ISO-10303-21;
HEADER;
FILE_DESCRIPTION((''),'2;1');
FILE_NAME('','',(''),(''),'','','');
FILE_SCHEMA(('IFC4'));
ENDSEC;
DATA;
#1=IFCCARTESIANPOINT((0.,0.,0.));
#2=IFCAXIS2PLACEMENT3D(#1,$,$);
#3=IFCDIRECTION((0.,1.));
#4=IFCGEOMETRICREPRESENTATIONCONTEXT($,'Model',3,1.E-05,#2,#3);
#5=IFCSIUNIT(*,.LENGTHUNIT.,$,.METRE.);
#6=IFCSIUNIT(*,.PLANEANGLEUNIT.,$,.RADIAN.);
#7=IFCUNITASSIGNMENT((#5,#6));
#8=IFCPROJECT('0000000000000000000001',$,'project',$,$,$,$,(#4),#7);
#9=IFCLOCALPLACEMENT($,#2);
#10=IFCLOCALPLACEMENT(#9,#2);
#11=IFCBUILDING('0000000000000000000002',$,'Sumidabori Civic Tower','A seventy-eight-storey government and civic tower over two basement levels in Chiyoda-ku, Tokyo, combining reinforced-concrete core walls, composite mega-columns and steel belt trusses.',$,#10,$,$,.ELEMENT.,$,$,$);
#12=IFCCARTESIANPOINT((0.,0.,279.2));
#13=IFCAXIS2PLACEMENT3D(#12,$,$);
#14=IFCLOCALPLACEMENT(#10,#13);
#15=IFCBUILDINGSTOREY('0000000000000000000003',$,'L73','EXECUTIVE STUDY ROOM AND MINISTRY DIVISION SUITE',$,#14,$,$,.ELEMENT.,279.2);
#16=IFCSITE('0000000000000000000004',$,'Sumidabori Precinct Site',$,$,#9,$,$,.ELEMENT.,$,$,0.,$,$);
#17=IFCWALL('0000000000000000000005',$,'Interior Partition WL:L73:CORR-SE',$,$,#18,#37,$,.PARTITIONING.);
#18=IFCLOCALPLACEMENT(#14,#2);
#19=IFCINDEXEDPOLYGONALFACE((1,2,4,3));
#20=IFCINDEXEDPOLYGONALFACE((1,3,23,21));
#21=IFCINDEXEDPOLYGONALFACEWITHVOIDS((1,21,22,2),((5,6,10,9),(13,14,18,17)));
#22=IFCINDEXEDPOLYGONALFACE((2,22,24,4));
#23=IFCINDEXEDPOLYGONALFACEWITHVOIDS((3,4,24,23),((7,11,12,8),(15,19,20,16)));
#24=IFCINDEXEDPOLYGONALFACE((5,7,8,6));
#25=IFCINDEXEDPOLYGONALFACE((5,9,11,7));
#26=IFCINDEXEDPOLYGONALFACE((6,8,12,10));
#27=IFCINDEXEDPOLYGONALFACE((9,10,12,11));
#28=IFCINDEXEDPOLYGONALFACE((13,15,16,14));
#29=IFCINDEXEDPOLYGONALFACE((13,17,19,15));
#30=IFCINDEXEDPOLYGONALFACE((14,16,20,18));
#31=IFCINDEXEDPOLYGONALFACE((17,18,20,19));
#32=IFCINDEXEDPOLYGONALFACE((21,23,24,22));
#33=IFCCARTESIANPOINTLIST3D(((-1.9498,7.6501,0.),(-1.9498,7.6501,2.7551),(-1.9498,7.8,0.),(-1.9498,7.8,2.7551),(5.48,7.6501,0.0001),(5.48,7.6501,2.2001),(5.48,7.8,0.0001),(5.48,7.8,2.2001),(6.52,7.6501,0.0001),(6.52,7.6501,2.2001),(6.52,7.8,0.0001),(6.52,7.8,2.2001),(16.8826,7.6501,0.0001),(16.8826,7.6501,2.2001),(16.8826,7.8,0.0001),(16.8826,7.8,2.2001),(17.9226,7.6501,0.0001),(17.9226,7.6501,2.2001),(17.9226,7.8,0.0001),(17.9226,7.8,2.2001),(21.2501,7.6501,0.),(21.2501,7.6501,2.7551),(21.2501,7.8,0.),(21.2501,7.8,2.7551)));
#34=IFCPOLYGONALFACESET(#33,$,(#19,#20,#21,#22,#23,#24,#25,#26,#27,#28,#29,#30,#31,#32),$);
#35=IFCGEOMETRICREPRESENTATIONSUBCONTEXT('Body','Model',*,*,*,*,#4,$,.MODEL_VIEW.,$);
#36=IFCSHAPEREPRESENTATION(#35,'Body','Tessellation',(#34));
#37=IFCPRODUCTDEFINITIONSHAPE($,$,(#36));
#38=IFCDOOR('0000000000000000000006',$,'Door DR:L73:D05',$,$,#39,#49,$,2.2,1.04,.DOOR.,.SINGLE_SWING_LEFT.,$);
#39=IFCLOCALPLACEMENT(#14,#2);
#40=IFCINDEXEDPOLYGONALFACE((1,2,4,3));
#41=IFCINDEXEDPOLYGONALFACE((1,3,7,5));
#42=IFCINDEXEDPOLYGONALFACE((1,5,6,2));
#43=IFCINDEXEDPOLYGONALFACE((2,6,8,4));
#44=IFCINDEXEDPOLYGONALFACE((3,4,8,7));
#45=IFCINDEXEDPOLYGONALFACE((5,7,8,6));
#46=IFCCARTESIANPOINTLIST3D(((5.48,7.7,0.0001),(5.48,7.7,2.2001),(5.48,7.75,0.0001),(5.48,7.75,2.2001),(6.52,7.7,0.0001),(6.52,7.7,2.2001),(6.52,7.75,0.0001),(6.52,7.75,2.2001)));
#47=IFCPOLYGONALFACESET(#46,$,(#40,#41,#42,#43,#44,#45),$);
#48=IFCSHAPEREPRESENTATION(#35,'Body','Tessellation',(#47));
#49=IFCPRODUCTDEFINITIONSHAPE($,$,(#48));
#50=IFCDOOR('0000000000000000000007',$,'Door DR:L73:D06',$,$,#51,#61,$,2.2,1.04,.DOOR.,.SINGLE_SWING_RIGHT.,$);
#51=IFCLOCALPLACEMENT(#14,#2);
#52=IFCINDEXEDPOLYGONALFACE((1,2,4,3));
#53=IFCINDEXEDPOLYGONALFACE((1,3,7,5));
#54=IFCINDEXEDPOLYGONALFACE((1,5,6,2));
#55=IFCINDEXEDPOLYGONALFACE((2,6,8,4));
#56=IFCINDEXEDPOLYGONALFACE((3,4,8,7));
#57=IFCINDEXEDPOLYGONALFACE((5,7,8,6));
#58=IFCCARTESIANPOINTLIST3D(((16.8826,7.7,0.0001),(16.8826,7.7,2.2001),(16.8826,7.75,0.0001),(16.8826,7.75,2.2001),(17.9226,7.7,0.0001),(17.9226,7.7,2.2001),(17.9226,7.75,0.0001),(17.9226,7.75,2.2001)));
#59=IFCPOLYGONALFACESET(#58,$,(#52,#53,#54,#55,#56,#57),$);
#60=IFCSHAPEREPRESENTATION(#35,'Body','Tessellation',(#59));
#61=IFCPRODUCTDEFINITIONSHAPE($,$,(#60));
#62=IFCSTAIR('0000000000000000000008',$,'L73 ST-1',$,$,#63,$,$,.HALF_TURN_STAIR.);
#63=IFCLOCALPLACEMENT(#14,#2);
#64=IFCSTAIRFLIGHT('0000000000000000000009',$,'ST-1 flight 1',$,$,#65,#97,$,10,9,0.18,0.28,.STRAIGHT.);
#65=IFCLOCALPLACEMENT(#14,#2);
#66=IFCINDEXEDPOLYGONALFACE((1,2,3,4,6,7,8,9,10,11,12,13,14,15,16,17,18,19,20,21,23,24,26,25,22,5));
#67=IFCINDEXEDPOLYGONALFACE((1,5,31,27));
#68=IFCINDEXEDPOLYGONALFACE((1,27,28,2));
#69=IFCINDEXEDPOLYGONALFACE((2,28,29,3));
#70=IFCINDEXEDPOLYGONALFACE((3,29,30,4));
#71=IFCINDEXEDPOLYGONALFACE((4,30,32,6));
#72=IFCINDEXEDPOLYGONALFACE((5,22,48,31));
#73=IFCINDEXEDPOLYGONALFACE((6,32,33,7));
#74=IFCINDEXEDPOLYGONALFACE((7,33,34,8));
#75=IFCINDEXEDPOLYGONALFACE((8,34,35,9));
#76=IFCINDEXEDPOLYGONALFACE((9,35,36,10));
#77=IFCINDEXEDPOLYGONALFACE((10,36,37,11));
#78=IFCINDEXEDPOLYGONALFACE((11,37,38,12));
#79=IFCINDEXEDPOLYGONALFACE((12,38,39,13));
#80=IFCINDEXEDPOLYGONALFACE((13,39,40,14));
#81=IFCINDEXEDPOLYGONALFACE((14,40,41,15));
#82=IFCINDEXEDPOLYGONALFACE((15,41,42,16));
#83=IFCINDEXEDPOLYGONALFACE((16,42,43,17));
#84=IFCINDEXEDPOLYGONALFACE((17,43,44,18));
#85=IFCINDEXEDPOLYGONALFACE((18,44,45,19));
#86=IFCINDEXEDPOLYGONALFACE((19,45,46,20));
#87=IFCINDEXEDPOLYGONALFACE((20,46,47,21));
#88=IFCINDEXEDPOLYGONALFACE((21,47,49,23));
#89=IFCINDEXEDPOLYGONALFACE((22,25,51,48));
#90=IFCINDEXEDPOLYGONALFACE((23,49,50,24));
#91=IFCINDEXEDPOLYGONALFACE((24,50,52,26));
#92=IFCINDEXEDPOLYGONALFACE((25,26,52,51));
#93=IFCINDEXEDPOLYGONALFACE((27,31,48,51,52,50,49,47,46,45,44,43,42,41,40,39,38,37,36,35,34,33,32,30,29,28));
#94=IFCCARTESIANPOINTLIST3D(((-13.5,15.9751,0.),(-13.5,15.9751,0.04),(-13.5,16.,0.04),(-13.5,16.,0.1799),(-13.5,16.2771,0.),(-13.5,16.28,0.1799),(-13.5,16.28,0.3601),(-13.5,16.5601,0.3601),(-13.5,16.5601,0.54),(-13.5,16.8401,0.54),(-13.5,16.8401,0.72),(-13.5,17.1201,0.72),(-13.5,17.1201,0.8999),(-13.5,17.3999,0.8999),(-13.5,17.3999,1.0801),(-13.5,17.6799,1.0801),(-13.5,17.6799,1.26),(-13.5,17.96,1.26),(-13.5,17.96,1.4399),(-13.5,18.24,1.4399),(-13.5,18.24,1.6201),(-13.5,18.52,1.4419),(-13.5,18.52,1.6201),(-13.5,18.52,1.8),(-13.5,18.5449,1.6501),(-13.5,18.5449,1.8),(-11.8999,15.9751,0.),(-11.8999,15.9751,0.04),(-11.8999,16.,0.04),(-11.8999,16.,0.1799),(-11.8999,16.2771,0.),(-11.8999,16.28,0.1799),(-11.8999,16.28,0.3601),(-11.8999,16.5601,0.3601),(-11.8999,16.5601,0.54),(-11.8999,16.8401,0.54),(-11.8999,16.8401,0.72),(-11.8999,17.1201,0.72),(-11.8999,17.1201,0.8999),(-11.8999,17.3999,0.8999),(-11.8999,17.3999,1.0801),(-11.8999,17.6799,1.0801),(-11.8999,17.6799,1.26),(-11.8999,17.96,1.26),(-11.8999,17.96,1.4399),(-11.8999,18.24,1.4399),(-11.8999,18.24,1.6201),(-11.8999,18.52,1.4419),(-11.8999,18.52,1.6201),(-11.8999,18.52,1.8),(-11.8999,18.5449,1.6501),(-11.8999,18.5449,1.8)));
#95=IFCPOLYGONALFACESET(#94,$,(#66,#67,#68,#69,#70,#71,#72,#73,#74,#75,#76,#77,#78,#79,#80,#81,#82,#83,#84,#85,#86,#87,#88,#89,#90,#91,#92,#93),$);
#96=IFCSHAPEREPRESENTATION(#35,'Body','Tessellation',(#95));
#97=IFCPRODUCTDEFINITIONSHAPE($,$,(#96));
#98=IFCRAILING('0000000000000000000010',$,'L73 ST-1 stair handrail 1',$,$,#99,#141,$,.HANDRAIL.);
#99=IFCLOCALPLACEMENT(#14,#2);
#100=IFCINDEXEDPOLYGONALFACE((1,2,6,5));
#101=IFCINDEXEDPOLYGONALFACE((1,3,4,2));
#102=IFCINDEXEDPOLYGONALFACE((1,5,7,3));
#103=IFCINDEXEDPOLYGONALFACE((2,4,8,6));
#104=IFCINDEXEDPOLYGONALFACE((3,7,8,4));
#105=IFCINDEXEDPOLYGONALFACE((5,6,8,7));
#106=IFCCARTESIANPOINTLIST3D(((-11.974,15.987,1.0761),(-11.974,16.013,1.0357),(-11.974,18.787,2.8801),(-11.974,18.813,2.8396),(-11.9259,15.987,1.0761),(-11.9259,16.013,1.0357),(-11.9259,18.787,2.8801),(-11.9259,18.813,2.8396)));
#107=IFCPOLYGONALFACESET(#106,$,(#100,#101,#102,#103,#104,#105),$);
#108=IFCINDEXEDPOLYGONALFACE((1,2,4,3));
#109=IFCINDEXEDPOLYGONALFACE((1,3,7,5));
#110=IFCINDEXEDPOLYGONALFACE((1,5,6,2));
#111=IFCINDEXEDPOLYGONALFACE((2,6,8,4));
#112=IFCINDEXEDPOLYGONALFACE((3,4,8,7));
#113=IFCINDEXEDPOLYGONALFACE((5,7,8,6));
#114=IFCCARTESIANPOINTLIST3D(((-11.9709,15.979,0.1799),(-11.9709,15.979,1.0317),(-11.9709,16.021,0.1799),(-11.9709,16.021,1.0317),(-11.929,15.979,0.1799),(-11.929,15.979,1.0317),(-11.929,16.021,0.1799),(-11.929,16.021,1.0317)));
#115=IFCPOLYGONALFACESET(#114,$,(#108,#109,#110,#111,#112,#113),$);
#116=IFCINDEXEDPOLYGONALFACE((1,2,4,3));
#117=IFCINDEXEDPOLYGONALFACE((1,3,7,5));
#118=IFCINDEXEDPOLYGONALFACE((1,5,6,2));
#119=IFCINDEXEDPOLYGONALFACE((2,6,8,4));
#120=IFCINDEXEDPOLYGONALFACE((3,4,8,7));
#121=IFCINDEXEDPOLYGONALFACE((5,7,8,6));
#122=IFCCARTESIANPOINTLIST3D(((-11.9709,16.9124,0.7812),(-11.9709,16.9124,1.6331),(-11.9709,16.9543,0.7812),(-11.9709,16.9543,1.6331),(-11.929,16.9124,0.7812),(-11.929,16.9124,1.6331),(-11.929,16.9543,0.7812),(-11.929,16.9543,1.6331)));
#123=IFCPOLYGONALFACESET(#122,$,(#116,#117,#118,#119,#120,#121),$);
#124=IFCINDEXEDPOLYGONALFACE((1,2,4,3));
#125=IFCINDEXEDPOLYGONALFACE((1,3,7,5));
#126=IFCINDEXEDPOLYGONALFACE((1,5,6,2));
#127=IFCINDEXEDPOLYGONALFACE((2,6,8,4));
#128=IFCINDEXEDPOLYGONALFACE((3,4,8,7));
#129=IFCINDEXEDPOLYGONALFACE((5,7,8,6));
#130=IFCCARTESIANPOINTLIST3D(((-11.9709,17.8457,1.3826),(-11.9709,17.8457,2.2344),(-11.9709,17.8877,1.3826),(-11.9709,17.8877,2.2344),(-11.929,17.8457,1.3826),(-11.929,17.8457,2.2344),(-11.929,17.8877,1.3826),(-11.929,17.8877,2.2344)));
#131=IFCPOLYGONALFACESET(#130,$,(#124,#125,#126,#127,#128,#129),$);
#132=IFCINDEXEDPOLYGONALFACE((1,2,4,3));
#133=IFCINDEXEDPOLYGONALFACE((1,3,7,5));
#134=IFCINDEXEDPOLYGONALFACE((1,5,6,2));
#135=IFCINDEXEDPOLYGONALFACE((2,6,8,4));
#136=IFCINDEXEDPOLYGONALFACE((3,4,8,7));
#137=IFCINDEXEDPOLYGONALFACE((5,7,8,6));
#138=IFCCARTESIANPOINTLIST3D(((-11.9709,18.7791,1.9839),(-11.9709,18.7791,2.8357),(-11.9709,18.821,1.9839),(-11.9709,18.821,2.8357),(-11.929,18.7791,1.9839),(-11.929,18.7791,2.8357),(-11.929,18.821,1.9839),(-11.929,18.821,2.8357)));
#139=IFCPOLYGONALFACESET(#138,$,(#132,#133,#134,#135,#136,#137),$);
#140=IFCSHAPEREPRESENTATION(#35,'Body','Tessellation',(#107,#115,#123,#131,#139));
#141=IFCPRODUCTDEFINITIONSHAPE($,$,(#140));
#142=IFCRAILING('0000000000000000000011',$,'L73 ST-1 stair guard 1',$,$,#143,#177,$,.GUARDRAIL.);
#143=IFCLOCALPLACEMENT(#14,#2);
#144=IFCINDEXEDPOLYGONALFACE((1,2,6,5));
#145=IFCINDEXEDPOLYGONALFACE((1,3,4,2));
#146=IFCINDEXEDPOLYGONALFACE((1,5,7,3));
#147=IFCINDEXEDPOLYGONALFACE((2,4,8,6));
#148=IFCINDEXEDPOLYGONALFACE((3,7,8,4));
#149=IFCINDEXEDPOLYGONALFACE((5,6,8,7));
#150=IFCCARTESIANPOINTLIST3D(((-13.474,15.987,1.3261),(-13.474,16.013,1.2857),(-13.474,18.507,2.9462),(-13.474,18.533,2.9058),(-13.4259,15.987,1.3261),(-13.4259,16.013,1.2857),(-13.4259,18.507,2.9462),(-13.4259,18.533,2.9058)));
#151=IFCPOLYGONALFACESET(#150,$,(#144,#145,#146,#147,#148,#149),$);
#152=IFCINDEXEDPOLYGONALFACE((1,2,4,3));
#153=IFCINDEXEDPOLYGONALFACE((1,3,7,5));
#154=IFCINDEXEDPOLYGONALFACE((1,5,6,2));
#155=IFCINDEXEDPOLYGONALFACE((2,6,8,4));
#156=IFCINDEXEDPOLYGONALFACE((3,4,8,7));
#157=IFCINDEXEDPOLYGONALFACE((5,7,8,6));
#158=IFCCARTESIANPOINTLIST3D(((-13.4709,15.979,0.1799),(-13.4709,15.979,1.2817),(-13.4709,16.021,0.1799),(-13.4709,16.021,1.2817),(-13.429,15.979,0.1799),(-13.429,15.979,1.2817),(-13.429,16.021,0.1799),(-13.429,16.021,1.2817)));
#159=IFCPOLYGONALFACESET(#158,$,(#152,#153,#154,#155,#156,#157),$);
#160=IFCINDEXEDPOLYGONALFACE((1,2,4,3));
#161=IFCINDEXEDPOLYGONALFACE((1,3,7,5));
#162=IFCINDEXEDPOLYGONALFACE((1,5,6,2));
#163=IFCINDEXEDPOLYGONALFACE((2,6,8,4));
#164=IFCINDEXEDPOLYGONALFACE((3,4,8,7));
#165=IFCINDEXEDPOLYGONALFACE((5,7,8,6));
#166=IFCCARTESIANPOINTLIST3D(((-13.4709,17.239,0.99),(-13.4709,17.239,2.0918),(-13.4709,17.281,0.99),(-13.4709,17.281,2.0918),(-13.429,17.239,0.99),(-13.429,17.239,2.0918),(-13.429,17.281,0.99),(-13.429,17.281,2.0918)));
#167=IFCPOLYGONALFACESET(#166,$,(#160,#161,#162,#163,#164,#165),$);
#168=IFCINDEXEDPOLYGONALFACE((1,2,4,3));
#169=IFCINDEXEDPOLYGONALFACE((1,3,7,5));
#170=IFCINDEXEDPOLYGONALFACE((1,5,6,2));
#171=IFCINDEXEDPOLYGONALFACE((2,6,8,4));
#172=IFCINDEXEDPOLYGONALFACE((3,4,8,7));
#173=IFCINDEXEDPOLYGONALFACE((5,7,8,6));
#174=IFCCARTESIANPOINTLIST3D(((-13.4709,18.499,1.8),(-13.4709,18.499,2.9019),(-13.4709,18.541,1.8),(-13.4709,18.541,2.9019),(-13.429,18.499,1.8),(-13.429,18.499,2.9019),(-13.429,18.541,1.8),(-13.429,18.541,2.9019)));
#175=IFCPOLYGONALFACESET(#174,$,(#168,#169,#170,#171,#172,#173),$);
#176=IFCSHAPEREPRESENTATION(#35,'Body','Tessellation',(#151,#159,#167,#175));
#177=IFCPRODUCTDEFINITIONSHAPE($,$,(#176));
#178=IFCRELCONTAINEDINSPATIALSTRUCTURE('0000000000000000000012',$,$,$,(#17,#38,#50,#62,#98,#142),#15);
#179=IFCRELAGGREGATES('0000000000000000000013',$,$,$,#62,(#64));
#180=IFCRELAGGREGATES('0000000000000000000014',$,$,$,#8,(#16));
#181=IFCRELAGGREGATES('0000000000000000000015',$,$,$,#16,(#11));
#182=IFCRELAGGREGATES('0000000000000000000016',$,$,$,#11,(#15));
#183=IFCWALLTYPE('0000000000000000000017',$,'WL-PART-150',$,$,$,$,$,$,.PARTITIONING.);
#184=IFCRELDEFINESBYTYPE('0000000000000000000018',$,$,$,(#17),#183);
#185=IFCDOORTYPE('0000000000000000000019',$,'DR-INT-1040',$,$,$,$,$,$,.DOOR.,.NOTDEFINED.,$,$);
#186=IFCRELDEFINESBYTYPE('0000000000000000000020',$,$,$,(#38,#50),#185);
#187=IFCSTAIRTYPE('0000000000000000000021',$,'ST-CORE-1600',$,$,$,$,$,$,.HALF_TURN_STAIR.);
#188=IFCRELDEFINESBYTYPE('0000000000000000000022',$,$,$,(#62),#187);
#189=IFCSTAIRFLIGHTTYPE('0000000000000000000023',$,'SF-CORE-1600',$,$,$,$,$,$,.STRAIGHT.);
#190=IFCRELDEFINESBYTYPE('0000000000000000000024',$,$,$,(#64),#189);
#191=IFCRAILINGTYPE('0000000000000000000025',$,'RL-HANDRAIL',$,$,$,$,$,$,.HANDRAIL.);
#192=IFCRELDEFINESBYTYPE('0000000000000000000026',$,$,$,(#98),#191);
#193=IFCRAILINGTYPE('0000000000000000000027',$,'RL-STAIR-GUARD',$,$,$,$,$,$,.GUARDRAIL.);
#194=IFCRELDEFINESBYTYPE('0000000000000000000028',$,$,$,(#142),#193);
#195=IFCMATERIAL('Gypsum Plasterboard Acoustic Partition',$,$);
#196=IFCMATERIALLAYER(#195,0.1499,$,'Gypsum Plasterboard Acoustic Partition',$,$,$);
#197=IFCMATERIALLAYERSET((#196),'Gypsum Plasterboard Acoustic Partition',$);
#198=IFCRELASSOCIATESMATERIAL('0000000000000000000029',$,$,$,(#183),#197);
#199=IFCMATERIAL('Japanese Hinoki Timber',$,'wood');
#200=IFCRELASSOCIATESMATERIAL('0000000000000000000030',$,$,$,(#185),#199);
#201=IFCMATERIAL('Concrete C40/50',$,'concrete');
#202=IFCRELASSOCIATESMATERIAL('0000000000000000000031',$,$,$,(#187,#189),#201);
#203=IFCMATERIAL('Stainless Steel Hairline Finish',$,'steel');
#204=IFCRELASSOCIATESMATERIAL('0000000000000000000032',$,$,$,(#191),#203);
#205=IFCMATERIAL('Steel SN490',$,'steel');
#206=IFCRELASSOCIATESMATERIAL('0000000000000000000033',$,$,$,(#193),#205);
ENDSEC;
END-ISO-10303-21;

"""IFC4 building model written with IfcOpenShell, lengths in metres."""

from ifc_helpers import new_model, si_unit, direction, frame, frame_2d, origin, origin_2d, place, context, subcontext, project, spatial, polyline, rectangle, outline, extrude, source, transform, mapped, material, layer, layer_set, type_object, element, fill, aggregate, save


model = new_model("IFC4")

# Units and contexts
model_context = context("Model", 3, precision=1e-05, world=origin(), true_north=direction((0.0, 1.0)))
body_context = subcontext(model_context, "Body", "Model", "MODEL_VIEW")
ifc_project = project(units=[si_unit("LENGTHUNIT", "METRE"), si_unit("PLANEANGLEUNIT", "RADIAN")], contexts=[model_context])

# Site, building, storey
site_placement = place(None, origin())
site = spatial("IfcSite", under=ifc_project, at=site_placement, Name="Sumidabori Precinct Site", CompositionType="ELEMENT", RefElevation=0.0)
building_placement = place(site_placement, origin())
building = spatial("IfcBuilding", under=site, at=building_placement, Name="Sumidabori Civic Tower", Description="A seventy-eight-storey government and civic tower over two basement levels in Chiyoda-ku, Tokyo, combining reinforced-concrete core walls, composite mega-columns and steel belt trusses.", CompositionType="ELEMENT")
storey_placement = place(building_placement, frame((0.0, 0.0, 279.2)))
storey = spatial("IfcBuildingStorey", under=building, at=storey_placement, Name="L73", Description="EXECUTIVE STUDY ROOM AND MINISTRY DIVISION SUITE", CompositionType="ELEMENT", Elevation=279.2)

# Shared definitions
ifc_material_1 = material(Name="Stainless Steel Hairline Finish", Category="steel")

# Shared definitions
ifc_material_2 = material(Name="Gypsum Plasterboard Acoustic Partition")
ifc_layer_1 = layer(ifc_material_2, 0.1499, Name="Gypsum Plasterboard Acoustic Partition")
ifc_layer_set_1 = layer_set([ifc_layer_1], Name="Gypsum Plasterboard Acoustic Partition")
wall_type_1 = type_object("IfcWallType", Name="WL-PART-150", PredefinedType="PARTITIONING", material=ifc_layer_set_1)

# Shared definitions
ifc_material_3 = material(Name="Japanese Hinoki Timber", Category="wood")

# Shared definitions
ifc_material_4 = material(Name="Steel SN490", Category="steel")

# Wall, openings, doors
shared_shape_1 = source(origin(), body_context, "Body", "SweptSolid", [
    extrude(rectangle(XDim=23.2, YDim=0.1499, at=frame_2d((11.6001, 0.0))), origin(), (0.0, 0.0, 1.0), 2.7551),
])
wall_1_placement = place(storey_placement, frame((-1.95, 7.7251, 0.0), z_axis=(0.0, 0.0, 1.0), x_axis=(1.0, 0.0, 0.0)))
wall_1 = element("IfcWall", 1, at=wall_1_placement, inside=storey, type_object=wall_type_1, Name="Interior Partition WL:L73:CORR-SE", PredefinedType="PARTITIONING", context=body_context, shape_type="MappedRepresentation", body=[
    mapped(shared_shape_1, transform((0.0, 0.0, 0.0), x_axis=(1.0, 0.0, 0.0), y_axis=(0.0, 1.0, 0.0), z_axis=(0.0, 0.0, 1.0), scale=1.0)),
])
opening_1_placement = place(wall_1_placement, frame((7.4299, 0.0, 0.0)))
opening_1 = element("IfcOpeningElement", 2, at=opening_1_placement, cuts=wall_1, PredefinedType="OPENING", context=body_context, shape_type="SweptSolid", body=[
    extrude(rectangle(XDim=1.04, YDim=2.2, at=frame_2d((0.52, 1.1001))), frame((0.0, 0.0869, 0.0), z_axis=(0.0, -1.0, 0.0), x_axis=(1.0, 0.0, 0.0)), (0.0, 0.0, 1.0), 0.1738),
])
opening_2_placement = place(wall_1_placement, frame((18.8325, 0.0, 0.0)))
opening_2 = element("IfcOpeningElement", 3, at=opening_2_placement, cuts=wall_1, PredefinedType="OPENING", context=body_context, shape_type="SweptSolid", body=[
    extrude(rectangle(XDim=1.04, YDim=2.2, at=frame_2d((0.52, 1.1001))), frame((0.0, 0.0869, 0.0), z_axis=(0.0, -1.0, 0.0), x_axis=(1.0, 0.0, 0.0)), (0.0, 0.0, 1.0), 0.1738),
])
door_type_1 = type_object("IfcDoorType", Name="DR-INT-1040", OperationType="NOTDEFINED", PredefinedType="DOOR", material=ifc_material_3)
shared_shape_2 = source(origin(), body_context, "Body", "SweptSolid", [
    extrude(rectangle(XDim=1.04, YDim=2.2, at=frame_2d((0.52, 1.1001))), frame((0.0, 0.0249, 0.0), z_axis=(0.0, -1.0, 0.0), x_axis=(1.0, 0.0, 0.0)), (0.0, 0.0, 1.0), 0.05),
])
door_1_placement = place(opening_1_placement, origin())
door_1 = element("IfcDoor", 4, at=door_1_placement, inside=storey, type_object=door_type_1, Name="Door DR:L73:D05", OperationType="SINGLE_SWING_LEFT", OverallHeight=2.2, OverallWidth=1.04, PredefinedType="DOOR", context=body_context, shape_type="MappedRepresentation", body=[
    mapped(shared_shape_2, transform((0.0, 0.0, 0.0), x_axis=(1.0, 0.0, 0.0), y_axis=(0.0, 1.0, 0.0), z_axis=(0.0, 0.0, 1.0), scale=1.0)),
])
fill(opening_1, door_1)
door_2_placement = place(opening_2_placement, origin())
door_2 = element("IfcDoor", 5, at=door_2_placement, inside=storey, type_object=door_type_1, Name="Door DR:L73:D06", OperationType="SINGLE_SWING_RIGHT", OverallHeight=2.2, OverallWidth=1.04, PredefinedType="DOOR", context=body_context, shape_type="MappedRepresentation", body=[
    mapped(shared_shape_2, transform((0.0, 0.0, 0.0), x_axis=(1.0, 0.0, 0.0), y_axis=(0.0, 1.0, 0.0), z_axis=(0.0, 0.0, 1.0), scale=1.0)),
])
fill(opening_2, door_2)

# Stair, stair flight
ifc_material_5 = material(Name="Concrete C40/50", Category="concrete")
stair_type = type_object("IfcStairType", Name="ST-CORE-1600", PredefinedType="HALF_TURN_STAIR", material=ifc_material_5)
stair_placement = place(storey_placement, origin())
stair = element("IfcStair", 6, at=stair_placement, inside=storey, type_object=stair_type, Name="L73 ST-1", PredefinedType="HALF_TURN_STAIR")
stair_flight_type = type_object("IfcStairFlightType", Name="SF-CORE-1600", PredefinedType="STRAIGHT", material=ifc_material_5)
shared_shape_3 = source(origin(), body_context, "Body", "SweptSolid", [
    extrude(outline(polyline([(-0.0249, 0.0), (-0.0249, 0.04), (0.0, 0.04), (0.0, 0.1799), (0.28, 0.1799), (0.28, 0.3601), (0.5601, 0.3601), (0.5601, 0.54), (0.8401, 0.54), (0.8401, 0.72), (1.1201, 0.72), (1.1201, 0.8999), (1.3999, 0.8999), (1.3999, 1.0801), (1.6799, 1.0801), (1.6799, 1.26), (1.96, 1.26), (1.96, 1.4399), (2.24, 1.4399), (2.24, 1.6201), (2.52, 1.6201), (2.52, 1.8), (2.5449, 1.8), (2.5449, 1.6501), (2.52, 1.4419), (0.2771, 0.0), (-0.0249, 0.0)])), frame((0.0, 0.8, 0.0), z_axis=(0.0, -1.0, 0.0), x_axis=(1.0, 0.0, 0.0)), (0.0, 0.0, 1.0), 1.6001),
])
stair_flight_placement = place(storey_placement, frame((-12.7, 16.0, 0.0), z_axis=(0.0, 0.0, 1.0), x_axis=(0.0, 1.0, 0.0)))
stair_flight = element("IfcStairFlight", 7, at=stair_flight_placement, type_object=stair_flight_type, Name="ST-1 flight 1", NumberOfRisers=10, NumberOfTreads=9, PredefinedType="STRAIGHT", RiserHeight=0.18, TreadLength=0.28, context=body_context, shape_type="MappedRepresentation", body=[
    mapped(shared_shape_3, transform((0.0, 0.0, 0.0), x_axis=(1.0, 0.0, 0.0), y_axis=(0.0, 1.0, 0.0), z_axis=(0.0, 0.0, 1.0), scale=1.0)),
])
aggregate(stair, [stair_flight])

# Railings
railing_type_1 = type_object("IfcRailingType", Name="RL-HANDRAIL", PredefinedType="HANDRAIL", material=ifc_material_1)
railing_1_placement = place(storey_placement, frame((-11.95, 16.0, 0.1799)))
element("IfcRailing", 8, at=railing_1_placement, inside=storey, type_object=railing_type_1, Name="L73 ST-1 stair handrail 1", PredefinedType="HANDRAIL", context=body_context, shape_type="SweptSolid", body=[
    extrude(rectangle(XDim=0.0481, YDim=0.0481, at=origin_2d()), frame((0.0, 0.0, 0.876), z_axis=(0.0, 0.840642, 0.541591), x_axis=(-1.0, 0.0, 0.0)), (0.0, 0.0, 1.0), 3.3308),
    extrude(rectangle(XDim=0.042, YDim=0.042, at=origin_2d()), origin(), (0.0, 0.0, 1.0), 0.8518),
    extrude(rectangle(XDim=0.042, YDim=0.042, at=origin_2d()), frame((0.0, 0.9333, 0.6013)), (0.0, 0.0, 1.0), 0.8518),
    extrude(rectangle(XDim=0.042, YDim=0.042, at=origin_2d()), frame((0.0, 1.8667, 1.2026)), (0.0, 0.0, 1.0), 0.8518),
    extrude(rectangle(XDim=0.042, YDim=0.042, at=origin_2d()), frame((0.0, 2.8, 1.804)), (0.0, 0.0, 1.0), 0.8518),
])
railing_type_2 = type_object("IfcRailingType", Name="RL-STAIR-GUARD", PredefinedType="GUARDRAIL", material=ifc_material_4)
railing_2_placement = place(storey_placement, frame((-13.45, 16.0, 0.1799)))
element("IfcRailing", 9, at=railing_2_placement, inside=storey, type_object=railing_type_2, Name="L73 ST-1 stair guard 1", PredefinedType="GUARDRAIL", context=body_context, shape_type="SweptSolid", body=[
    extrude(rectangle(XDim=0.0481, YDim=0.0481, at=origin_2d()), frame((0.0, 0.0, 1.126), z_axis=(0.0, 0.841163, 0.540782), x_axis=(-1.0, 0.0, 0.0)), (0.0, 0.0, 1.0), 2.9958),
    extrude(rectangle(XDim=0.042, YDim=0.042, at=origin_2d()), origin(), (0.0, 0.0, 1.0), 1.1018),
    extrude(rectangle(XDim=0.042, YDim=0.042, at=origin_2d()), frame((0.0, 1.26, 0.8101)), (0.0, 0.0, 1.0), 1.1018),
    extrude(rectangle(XDim=0.042, YDim=0.042, at=origin_2d()), frame((0.0, 2.52, 1.6201)), (0.0, 0.0, 1.0), 1.1018),
])

save(model, "model.ifc")
